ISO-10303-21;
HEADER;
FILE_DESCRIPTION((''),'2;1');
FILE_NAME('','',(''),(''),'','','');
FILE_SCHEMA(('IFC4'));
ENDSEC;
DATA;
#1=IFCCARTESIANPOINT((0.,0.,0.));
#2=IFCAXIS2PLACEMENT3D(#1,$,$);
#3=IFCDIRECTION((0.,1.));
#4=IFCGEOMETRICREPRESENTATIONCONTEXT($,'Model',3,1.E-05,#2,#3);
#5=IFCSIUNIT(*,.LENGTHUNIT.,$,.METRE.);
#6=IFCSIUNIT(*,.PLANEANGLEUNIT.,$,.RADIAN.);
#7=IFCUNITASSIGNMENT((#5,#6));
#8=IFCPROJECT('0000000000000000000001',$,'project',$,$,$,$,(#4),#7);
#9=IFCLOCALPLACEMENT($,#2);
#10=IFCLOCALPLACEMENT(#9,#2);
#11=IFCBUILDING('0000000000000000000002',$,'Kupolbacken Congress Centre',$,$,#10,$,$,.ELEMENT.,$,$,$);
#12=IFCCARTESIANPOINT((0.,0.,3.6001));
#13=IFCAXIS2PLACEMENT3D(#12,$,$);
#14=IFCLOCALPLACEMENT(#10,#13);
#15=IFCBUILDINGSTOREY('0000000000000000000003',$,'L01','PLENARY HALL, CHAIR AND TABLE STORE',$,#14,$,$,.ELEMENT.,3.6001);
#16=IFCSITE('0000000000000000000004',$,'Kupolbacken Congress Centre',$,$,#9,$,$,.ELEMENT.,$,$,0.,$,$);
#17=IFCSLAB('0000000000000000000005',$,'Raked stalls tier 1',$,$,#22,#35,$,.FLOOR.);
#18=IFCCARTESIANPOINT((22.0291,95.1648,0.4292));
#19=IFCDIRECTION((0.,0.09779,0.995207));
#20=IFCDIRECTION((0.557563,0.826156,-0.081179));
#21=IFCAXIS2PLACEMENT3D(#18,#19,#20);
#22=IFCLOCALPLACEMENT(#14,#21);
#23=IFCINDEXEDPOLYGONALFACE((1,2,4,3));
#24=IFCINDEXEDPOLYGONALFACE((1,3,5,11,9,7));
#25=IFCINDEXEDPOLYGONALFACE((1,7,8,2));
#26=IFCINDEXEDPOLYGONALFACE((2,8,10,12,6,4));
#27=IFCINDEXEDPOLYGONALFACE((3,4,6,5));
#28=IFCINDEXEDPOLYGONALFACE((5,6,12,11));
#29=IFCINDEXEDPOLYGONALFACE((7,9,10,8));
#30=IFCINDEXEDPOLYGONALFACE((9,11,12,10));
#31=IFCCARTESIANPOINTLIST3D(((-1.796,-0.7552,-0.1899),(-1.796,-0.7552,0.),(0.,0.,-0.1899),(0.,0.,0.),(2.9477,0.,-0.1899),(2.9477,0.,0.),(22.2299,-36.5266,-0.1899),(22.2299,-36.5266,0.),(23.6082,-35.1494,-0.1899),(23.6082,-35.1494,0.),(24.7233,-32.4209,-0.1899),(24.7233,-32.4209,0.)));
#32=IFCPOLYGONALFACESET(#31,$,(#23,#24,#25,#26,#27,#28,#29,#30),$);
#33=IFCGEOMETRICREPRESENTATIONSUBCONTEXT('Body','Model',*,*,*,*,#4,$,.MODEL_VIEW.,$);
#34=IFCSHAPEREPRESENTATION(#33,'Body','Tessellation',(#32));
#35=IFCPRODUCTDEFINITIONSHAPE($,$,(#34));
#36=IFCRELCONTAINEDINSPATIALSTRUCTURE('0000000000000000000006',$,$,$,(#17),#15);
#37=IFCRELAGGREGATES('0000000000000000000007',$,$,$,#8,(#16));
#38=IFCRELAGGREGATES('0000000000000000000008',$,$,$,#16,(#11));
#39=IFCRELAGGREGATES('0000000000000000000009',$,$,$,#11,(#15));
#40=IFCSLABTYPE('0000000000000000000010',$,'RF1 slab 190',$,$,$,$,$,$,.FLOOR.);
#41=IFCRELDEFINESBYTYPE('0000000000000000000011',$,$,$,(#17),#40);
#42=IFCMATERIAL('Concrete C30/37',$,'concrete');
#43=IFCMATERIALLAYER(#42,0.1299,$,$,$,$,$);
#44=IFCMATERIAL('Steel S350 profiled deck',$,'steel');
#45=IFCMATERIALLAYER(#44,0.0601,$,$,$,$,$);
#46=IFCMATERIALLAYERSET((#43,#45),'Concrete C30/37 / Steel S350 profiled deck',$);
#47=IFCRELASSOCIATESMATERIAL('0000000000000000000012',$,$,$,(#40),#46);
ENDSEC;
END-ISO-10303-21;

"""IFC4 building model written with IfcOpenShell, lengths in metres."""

from ifc_helpers import new_model, si_unit, direction, frame, origin, place, context, subcontext, project, spatial, polyline, outline, extrude, material, layer, layer_set, type_object, element, save


model = new_model("IFC4")

# Units and contexts
model_context = context("Model", 3, precision=1e-05, world=origin(), true_north=direction((0.0, 1.0)))
body_context = subcontext(model_context, "Body", "Model", "MODEL_VIEW")
ifc_project = project(units=[si_unit("LENGTHUNIT", "METRE"), si_unit("PLANEANGLEUNIT", "RADIAN")], contexts=[model_context])

# Site, building, storey
site_placement = place(None, origin())
site = spatial("IfcSite", under=ifc_project, at=site_placement, Name="Kupolbacken Congress Centre", CompositionType="ELEMENT", RefElevation=0.0)
building_placement = place(site_placement, origin())
building = spatial("IfcBuilding", under=site, at=building_placement, Name="Kupolbacken Congress Centre", CompositionType="ELEMENT")
storey_placement = place(building_placement, frame((0.0, 0.0, 3.6001)))
storey = spatial("IfcBuildingStorey", under=building, at=storey_placement, Name="L01", Description="PLENARY HALL, CHAIR AND TABLE STORE", CompositionType="ELEMENT", Elevation=3.6001)

# Slab
ifc_material_1 = material(Name="Concrete C30/37", Category="concrete")
ifc_layer_1 = layer(ifc_material_1, 0.1299)
ifc_material_2 = material(Name="Steel S350 profiled deck", Category="steel")
ifc_layer_2 = layer(ifc_material_2, 0.0601)
ifc_layer_set_1 = layer_set([ifc_layer_1, ifc_layer_2], Name="Concrete C30/37 / Steel S350 profiled deck")
slab_type = type_object("IfcSlabType", Name="RF1 slab 190", PredefinedType="FLOOR", material=ifc_layer_set_1)
slab_placement = place(storey_placement, frame((22.0291, 95.1648, 0.4292), z_axis=(0.0, 0.09779, 0.995207), x_axis=(0.557563, 0.826156, -0.081179)))
element("IfcSlab", 1, at=slab_placement, inside=storey, type_object=slab_type, Name="Raked stalls tier 1", PredefinedType="FLOOR", context=body_context, shape_type="SweptSolid", body=[
    extrude(outline(polyline([(0.0, 0.0), (2.9477, 0.0), (24.7233, -32.4209), (23.6082, -35.1494), (22.2299, -36.5266), (-1.796, -0.7552), (0.0, 0.0)])), origin(), (0.0, 0.0, -1.0), 0.1899),
])

save(model, "model.ifc")
